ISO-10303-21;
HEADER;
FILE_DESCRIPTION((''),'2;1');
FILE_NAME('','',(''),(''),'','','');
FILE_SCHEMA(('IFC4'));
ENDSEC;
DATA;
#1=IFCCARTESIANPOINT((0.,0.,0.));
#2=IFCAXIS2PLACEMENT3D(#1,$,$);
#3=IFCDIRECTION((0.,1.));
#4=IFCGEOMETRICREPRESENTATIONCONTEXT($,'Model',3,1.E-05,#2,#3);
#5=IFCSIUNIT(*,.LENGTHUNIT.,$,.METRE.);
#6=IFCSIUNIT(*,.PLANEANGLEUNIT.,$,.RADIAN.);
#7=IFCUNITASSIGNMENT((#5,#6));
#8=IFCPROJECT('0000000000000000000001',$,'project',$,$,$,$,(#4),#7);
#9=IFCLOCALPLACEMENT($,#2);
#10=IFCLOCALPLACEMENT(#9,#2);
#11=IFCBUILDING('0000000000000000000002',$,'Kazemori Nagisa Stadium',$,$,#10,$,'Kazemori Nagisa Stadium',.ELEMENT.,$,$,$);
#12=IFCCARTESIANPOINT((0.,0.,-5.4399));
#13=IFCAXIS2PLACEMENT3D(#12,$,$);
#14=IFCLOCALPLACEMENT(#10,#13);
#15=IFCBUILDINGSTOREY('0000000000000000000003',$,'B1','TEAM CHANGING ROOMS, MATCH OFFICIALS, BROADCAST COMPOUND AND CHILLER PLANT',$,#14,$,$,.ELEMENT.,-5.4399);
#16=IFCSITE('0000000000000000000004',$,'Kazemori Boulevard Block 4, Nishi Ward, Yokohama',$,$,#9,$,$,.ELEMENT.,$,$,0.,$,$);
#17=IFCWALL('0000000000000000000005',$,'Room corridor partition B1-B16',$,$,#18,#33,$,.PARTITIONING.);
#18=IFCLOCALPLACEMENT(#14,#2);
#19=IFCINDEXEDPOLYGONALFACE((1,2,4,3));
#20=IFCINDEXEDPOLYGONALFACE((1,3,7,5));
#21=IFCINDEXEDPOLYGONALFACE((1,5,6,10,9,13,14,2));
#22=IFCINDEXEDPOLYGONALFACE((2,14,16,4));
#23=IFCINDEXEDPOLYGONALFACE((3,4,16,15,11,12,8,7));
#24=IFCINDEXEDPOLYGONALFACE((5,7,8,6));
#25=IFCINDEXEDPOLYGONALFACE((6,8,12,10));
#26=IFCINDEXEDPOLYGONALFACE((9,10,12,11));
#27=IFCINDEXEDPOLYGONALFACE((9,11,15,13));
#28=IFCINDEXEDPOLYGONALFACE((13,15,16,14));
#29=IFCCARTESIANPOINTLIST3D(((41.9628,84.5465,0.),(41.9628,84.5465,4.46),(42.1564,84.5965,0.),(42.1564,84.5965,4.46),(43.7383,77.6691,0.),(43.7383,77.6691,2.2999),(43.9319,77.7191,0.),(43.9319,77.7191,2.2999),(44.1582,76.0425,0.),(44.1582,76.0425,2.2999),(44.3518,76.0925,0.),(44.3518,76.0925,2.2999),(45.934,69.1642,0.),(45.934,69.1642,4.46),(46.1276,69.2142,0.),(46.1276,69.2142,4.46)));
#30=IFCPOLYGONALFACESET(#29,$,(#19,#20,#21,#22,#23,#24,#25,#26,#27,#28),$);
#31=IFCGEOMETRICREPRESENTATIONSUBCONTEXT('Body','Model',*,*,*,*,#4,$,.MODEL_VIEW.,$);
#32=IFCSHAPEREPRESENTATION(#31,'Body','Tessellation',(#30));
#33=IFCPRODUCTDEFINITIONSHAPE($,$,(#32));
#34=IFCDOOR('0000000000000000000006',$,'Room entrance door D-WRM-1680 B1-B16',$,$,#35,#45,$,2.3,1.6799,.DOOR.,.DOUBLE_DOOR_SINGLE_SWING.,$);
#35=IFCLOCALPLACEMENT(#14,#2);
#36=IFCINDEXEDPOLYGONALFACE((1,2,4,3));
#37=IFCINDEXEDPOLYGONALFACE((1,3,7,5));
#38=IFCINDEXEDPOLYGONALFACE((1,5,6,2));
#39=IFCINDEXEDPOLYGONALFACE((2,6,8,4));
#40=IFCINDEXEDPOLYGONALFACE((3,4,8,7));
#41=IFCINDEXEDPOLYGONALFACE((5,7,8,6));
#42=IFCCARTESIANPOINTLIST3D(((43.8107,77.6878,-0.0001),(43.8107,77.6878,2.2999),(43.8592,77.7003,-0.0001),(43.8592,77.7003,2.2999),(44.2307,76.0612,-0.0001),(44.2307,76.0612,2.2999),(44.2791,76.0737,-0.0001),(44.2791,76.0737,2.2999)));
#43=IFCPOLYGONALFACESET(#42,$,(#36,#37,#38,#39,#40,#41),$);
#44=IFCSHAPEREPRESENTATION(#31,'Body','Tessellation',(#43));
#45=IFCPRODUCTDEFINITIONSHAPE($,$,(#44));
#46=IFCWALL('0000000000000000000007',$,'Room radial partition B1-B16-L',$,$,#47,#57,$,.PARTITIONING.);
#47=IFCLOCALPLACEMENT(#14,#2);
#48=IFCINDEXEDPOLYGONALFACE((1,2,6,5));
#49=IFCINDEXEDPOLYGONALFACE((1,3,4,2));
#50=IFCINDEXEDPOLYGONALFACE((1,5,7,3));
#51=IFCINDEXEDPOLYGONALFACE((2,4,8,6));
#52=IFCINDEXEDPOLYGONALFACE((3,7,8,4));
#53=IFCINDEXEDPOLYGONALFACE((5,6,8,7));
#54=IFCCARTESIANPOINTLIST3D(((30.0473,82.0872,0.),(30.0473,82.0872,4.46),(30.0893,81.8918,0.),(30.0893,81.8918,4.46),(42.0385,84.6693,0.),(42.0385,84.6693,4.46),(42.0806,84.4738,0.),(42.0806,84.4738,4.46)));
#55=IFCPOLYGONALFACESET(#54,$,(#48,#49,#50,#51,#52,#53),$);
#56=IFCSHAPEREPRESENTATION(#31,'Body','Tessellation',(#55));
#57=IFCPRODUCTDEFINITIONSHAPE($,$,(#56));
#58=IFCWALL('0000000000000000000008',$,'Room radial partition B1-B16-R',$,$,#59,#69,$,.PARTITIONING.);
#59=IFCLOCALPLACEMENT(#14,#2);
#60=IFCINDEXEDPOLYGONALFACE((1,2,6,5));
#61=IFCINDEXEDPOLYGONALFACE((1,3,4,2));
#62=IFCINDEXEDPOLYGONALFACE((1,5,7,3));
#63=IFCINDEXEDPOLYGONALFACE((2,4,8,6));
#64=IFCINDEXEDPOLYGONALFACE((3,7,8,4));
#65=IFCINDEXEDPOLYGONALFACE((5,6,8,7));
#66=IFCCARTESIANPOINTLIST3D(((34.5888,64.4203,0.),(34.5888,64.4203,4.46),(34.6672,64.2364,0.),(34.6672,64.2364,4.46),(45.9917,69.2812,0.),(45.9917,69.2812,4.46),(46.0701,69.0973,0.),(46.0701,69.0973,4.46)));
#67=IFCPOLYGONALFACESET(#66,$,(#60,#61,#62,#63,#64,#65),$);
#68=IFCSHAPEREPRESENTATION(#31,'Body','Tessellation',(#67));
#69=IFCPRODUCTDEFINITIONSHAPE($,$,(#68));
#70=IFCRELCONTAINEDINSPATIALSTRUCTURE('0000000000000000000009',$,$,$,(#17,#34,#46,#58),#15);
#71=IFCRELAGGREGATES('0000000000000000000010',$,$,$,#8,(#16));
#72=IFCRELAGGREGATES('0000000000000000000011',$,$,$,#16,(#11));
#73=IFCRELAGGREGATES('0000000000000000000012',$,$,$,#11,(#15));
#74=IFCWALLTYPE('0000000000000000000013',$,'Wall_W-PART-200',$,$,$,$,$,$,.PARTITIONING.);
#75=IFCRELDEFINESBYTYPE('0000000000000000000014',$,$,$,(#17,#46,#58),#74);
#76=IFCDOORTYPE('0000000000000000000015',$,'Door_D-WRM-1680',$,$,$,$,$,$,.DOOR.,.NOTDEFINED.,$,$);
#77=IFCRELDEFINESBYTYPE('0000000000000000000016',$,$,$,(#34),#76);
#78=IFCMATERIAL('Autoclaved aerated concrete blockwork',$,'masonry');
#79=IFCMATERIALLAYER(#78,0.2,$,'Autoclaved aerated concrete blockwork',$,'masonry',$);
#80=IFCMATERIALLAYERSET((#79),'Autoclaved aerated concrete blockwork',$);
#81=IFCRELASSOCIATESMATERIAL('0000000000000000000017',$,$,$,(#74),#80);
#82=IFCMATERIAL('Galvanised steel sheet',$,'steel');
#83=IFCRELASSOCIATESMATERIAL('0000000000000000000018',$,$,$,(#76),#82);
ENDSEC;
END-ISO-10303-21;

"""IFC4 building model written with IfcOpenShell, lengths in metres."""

from ifc_helpers import new_model, si_unit, direction, frame, frame_2d, origin, place, context, subcontext, project, spatial, rectangle, extrude, material, layer, layer_set, type_object, element, fill, save


model = new_model("IFC4")

# Units and contexts
model_context = context("Model", 3, precision=1e-05, world=origin(), true_north=direction((0.0, 1.0)))
body_context = subcontext(model_context, "Body", "Model", "MODEL_VIEW")
ifc_project = project(units=[si_unit("LENGTHUNIT", "METRE"), si_unit("PLANEANGLEUNIT", "RADIAN")], contexts=[model_context])

# Site, building, storey
site_placement = place(None, origin())
site = spatial("IfcSite", under=ifc_project, at=site_placement, Name="Kazemori Boulevard Block 4, Nishi Ward, Yokohama", CompositionType="ELEMENT", RefElevation=0.0)
building_placement = place(site_placement, origin())
building = spatial("IfcBuilding", under=site, at=building_placement, Name="Kazemori Nagisa Stadium", LongName="Kazemori Nagisa Stadium", CompositionType="ELEMENT")
storey_placement = place(building_placement, frame((0.0, 0.0, -5.4399)))
storey = spatial("IfcBuildingStorey", under=building, at=storey_placement, Name="B1", Description="TEAM CHANGING ROOMS, MATCH OFFICIALS, BROADCAST COMPOUND AND CHILLER PLANT", CompositionType="ELEMENT", Elevation=-5.4399)

# Wall, opening, door
ifc_material_1 = material(Name="Autoclaved aerated concrete blockwork", Category="masonry")
ifc_layer_1 = layer(ifc_material_1, 0.2, Name="Autoclaved aerated concrete blockwork", Category="masonry")
ifc_layer_set_1 = layer_set([ifc_layer_1], Name="Autoclaved aerated concrete blockwork")
wall_type_1 = type_object("IfcWallType", Name="Wall_W-PART-200", PredefinedType="PARTITIONING", material=ifc_layer_set_1)
wall_1_placement = place(storey_placement, frame((42.0596, 84.5715, 0.0), z_axis=(0.0, 0.0, 1.0), x_axis=(0.24997, -0.968254, 0.0)))
wall_1 = element("IfcWall", 1, at=wall_1_placement, inside=storey, type_object=wall_type_1, Name="Room corridor partition B1-B16", PredefinedType="PARTITIONING", context=body_context, shape_type="SweptSolid", body=[
    extrude(rectangle(XDim=15.8867, YDim=0.2, at=frame_2d((7.9434, 0.0))), origin(), (0.0, 0.0, 1.0), 4.46),
])
opening_placement = place(wall_1_placement, frame((7.103, 0.0, 0.0)))
opening = element("IfcOpeningElement", 2, at=opening_placement, cuts=wall_1, PredefinedType="OPENING", context=body_context, shape_type="SweptSolid", body=[
    extrude(rectangle(XDim=1.6799, YDim=2.3, at=frame_2d((0.8398, 1.1499))), frame((0.0, 0.1099, 0.0), z_axis=(0.0, -1.0, 0.0), x_axis=(1.0, 0.0, 0.0)), (0.0, 0.0, 1.0), 0.22),
])
ifc_material_2 = material(Name="Galvanised steel sheet", Category="steel")
door_type = type_object("IfcDoorType", Name="Door_D-WRM-1680", OperationType="NOTDEFINED", PredefinedType="DOOR", material=ifc_material_2)
door_placement = place(opening_placement, origin())
door = element("IfcDoor", 3, at=door_placement, inside=storey, type_object=door_type, Name="Room entrance door D-WRM-1680 B1-B16", OperationType="DOUBLE_DOOR_SINGLE_SWING", OverallHeight=2.3, OverallWidth=1.6799, PredefinedType="DOOR", context=body_context, shape_type="SweptSolid", body=[
    extrude(rectangle(XDim=1.6799, YDim=2.3, at=frame_2d((0.8398, 1.1499))), frame((0.0, 0.0249, 0.0), z_axis=(0.0, -1.0, 0.0), x_axis=(1.0, 0.0, 0.0)), (0.0, 0.0, 1.0), 0.05),
])
fill(opening, door)

# Walls
wall_2_placement = place(storey_placement, frame((42.0596, 84.5715, 0.0), z_axis=(0.0, 0.0, 1.0), x_axis=(-0.977593, -0.210502, 0.0)))
element("IfcWall", 4, at=wall_2_placement, inside=storey, type_object=wall_type_1, Name="Room radial partition B1-B16-L", PredefinedType="PARTITIONING", context=body_context, shape_type="SweptSolid", body=[
    extrude(rectangle(XDim=12.2661, YDim=0.2, at=frame_2d((6.1331, 0.0))), origin(), (0.0, 0.0, 1.0), 4.46),
])
wall_3_placement = place(storey_placement, frame((46.0308, 69.1892, 0.0), z_axis=(0.0, 0.0, 1.0), x_axis=(-0.919905, -0.392141, 0.0)))
element("IfcWall", 5, at=wall_3_placement, inside=storey, type_object=wall_type_1, Name="Room radial partition B1-B16-R", PredefinedType="PARTITIONING", context=body_context, shape_type="SweptSolid", body=[
    extrude(rectangle(XDim=12.3958, YDim=0.2, at=frame_2d((6.1978, 0.0))), origin(), (0.0, 0.0, 1.0), 4.46),
])

save(model, "model.ifc")
